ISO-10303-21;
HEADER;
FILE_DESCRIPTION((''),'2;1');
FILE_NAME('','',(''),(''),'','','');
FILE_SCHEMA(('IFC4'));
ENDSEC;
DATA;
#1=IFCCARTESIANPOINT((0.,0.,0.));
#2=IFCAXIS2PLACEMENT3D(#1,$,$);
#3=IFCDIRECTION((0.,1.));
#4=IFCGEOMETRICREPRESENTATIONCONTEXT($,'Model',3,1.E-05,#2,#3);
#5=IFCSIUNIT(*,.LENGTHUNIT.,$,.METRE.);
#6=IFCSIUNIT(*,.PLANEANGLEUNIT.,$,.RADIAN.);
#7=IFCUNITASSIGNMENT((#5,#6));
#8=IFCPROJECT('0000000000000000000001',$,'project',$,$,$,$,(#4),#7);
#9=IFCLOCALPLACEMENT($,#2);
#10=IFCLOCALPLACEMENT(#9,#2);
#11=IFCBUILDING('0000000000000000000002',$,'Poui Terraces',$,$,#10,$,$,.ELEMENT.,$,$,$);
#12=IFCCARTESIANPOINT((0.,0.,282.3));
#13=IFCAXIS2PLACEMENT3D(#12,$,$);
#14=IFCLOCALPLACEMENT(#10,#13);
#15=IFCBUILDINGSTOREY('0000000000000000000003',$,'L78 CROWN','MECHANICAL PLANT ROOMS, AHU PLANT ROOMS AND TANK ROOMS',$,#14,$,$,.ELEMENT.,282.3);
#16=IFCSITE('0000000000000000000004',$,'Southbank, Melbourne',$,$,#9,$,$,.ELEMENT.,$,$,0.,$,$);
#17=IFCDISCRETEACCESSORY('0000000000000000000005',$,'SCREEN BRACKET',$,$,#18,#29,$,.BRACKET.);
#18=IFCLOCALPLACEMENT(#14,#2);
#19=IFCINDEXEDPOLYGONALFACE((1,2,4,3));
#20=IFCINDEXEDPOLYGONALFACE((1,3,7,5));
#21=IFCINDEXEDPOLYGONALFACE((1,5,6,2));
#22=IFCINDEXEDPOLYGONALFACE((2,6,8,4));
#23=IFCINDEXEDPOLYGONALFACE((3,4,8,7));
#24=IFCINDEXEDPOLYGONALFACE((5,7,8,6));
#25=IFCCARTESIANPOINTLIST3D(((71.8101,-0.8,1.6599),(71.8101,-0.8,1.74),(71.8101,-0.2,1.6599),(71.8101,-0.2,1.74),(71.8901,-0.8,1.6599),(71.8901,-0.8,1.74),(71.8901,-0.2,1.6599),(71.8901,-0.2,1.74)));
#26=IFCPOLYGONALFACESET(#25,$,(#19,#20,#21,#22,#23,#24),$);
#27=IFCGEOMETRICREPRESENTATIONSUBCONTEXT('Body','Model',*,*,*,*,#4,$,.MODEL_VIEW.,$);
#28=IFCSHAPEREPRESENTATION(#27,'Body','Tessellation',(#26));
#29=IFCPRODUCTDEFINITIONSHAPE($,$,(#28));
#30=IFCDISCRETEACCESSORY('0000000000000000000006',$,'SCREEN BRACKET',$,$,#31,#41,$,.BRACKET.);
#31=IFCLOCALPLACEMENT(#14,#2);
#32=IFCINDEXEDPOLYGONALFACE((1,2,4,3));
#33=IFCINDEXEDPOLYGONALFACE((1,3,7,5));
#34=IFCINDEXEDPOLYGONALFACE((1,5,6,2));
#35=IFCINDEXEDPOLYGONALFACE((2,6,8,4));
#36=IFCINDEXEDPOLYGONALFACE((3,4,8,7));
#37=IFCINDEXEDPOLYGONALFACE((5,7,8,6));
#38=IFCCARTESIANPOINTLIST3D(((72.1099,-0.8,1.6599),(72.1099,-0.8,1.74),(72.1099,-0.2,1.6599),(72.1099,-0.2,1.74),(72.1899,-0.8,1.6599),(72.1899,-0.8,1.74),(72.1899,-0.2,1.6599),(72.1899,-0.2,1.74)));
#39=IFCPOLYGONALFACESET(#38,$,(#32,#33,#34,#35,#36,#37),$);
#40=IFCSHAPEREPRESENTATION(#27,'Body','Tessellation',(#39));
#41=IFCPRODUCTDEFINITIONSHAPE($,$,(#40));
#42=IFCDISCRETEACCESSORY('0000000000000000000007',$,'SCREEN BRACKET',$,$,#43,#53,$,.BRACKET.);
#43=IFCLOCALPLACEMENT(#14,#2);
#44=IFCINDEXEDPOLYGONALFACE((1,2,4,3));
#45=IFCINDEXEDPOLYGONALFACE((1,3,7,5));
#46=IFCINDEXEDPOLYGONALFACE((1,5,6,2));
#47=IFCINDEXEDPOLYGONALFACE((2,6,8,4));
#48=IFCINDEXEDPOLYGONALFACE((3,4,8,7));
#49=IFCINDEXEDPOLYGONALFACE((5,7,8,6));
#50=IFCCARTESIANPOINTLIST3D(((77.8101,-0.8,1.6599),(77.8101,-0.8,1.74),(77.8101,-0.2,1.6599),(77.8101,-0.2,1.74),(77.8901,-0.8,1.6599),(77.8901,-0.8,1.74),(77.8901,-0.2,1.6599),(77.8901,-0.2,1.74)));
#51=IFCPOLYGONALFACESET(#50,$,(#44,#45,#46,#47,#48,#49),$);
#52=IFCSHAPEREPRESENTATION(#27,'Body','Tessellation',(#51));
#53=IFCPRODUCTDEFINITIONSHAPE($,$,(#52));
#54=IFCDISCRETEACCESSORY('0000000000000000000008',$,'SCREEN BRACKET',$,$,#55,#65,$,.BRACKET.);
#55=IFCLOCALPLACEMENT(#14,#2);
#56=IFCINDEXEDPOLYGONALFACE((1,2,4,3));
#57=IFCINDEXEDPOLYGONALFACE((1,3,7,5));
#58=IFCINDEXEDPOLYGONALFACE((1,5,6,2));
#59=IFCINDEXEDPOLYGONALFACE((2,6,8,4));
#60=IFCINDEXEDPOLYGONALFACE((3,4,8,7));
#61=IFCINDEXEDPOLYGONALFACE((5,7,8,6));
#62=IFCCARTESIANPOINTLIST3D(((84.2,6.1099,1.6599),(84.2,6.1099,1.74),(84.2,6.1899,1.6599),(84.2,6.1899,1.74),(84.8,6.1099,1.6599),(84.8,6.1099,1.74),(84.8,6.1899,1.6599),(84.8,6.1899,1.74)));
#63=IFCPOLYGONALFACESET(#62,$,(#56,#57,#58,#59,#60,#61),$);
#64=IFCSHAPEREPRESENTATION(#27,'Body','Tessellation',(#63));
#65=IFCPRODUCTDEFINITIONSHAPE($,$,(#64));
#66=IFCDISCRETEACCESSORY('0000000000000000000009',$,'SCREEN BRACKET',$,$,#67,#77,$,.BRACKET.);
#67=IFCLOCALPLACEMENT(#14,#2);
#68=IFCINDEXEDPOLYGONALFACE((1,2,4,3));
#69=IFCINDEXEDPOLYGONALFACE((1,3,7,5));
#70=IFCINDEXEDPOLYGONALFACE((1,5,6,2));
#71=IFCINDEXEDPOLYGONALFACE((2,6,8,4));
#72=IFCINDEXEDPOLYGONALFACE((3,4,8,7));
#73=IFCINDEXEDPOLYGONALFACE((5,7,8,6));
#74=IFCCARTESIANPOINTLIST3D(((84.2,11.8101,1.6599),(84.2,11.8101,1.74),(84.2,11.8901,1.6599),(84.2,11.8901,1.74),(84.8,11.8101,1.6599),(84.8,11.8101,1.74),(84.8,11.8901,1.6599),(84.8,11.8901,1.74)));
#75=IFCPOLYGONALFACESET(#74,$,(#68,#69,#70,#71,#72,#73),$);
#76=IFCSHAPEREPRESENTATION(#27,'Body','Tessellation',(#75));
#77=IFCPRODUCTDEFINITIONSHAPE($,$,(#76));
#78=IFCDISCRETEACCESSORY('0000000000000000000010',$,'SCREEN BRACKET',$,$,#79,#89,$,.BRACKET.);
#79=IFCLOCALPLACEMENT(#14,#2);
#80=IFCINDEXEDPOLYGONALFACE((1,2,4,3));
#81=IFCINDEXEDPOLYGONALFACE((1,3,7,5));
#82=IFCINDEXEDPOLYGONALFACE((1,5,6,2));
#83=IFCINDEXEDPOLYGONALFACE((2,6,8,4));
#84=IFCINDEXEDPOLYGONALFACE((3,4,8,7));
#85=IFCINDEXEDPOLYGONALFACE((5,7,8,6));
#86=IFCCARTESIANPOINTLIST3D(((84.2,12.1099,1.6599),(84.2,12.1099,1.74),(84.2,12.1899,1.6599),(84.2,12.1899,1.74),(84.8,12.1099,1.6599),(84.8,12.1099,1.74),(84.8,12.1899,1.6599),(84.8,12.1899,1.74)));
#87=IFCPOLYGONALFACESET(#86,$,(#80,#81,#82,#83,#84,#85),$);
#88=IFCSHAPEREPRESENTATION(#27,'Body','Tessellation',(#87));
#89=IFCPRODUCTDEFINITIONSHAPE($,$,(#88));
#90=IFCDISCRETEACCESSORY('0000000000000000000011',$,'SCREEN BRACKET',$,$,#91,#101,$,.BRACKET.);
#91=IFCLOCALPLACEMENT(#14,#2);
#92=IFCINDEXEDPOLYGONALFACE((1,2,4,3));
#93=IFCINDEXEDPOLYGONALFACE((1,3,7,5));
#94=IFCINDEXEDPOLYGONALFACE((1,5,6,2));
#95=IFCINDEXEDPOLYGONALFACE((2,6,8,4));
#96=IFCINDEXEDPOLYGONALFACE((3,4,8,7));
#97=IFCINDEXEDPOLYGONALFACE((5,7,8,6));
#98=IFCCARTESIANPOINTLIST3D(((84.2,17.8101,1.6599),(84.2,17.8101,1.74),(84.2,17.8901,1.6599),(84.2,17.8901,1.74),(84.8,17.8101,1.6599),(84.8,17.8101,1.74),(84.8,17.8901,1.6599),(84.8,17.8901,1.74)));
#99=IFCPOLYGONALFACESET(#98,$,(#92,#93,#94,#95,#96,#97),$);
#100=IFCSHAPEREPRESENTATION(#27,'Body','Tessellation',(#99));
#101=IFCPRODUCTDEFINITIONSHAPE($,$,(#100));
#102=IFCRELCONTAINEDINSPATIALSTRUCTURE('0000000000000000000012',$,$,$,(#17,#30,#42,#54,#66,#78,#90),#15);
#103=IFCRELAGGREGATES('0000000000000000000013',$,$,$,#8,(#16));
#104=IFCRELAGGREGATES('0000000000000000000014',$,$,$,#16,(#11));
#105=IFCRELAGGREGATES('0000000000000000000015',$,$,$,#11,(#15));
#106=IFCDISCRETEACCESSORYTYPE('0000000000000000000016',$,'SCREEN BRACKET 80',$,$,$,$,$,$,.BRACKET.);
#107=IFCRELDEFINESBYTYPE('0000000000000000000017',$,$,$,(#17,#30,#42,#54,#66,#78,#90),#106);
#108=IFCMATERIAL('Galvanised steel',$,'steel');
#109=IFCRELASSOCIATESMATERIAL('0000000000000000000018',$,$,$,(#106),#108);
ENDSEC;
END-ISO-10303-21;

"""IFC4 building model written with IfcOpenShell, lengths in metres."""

from ifc_helpers import new_model, si_unit, direction, frame, origin, origin_2d, place, context, subcontext, project, spatial, rectangle, extrude, source, transform, mapped, material, material_profile, profile_set, type_object, element, save


model = new_model("IFC4")

# Units and contexts
model_context = context("Model", 3, precision=1e-05, world=origin(), true_north=direction((0.0, 1.0)))
body_context = subcontext(model_context, "Body", "Model", "MODEL_VIEW")
ifc_project = project(units=[si_unit("LENGTHUNIT", "METRE"), si_unit("PLANEANGLEUNIT", "RADIAN")], contexts=[model_context])

# Site, building, storey
site_placement = place(None, origin())
site = spatial("IfcSite", under=ifc_project, at=site_placement, Name="Southbank, Melbourne", CompositionType="ELEMENT", RefElevation=0.0)
building_placement = place(site_placement, origin())
building = spatial("IfcBuilding", under=site, at=building_placement, Name="Poui Terraces", CompositionType="ELEMENT")
storey_placement = place(building_placement, frame((0.0, 0.0, 282.3)))
storey = spatial("IfcBuildingStorey", under=building, at=storey_placement, Name="L78 CROWN", Description="MECHANICAL PLANT ROOMS, AHU PLANT ROOMS AND TANK ROOMS", CompositionType="ELEMENT", Elevation=282.3)

# Discrete accessories
ifc_material_1 = material(Name="Galvanised steel", Category="steel")
ifc_material_profile_1 = material_profile(ifc_material_1, rectangle(XDim=0.0801, YDim=0.0801, at=origin_2d()), Name="SCREEN BRACKET 80")
ifc_profile_set_1 = profile_set([ifc_material_profile_1], Name="Galvanised steel")
discrete_accessory_type = type_object("IfcDiscreteAccessoryType", Name="SCREEN BRACKET 80", PredefinedType="BRACKET", material=ifc_profile_set_1)
shared_shape_1 = source(origin(), body_context, "Body", "SweptSolid", [
    extrude(rectangle(XDim=0.0801, YDim=0.0801, at=origin_2d()), origin(), (0.0, 0.0, 1.0), 0.6001),
])
for number, where, z_axis, x_axis, name in (
    (1, (71.8501, -0.2, 1.7), (0.0, -1.0, 0.0), (1.0, 0.0, 0.0), "SCREEN BRACKET"),
    (2, (72.1499, -0.2, 1.7), (0.0, -1.0, 0.0), (1.0, 0.0, 0.0), "SCREEN BRACKET"),
    (3, (77.8501, -0.2, 1.7), (0.0, -1.0, 0.0), (1.0, 0.0, 0.0), "SCREEN BRACKET"),
    (4, (84.2, 6.1499, 1.7), (1.0, 0.0, 0.0), (0.0, 1.0, 0.0), "SCREEN BRACKET"),
    (5, (84.2, 11.8501, 1.7), (1.0, 0.0, 0.0), (0.0, 1.0, 0.0), "SCREEN BRACKET"),
    (6, (84.2, 12.1499, 1.7), (1.0, 0.0, 0.0), (0.0, 1.0, 0.0), "SCREEN BRACKET"),
    (7, (84.2, 17.8501, 1.7), (1.0, 0.0, 0.0), (0.0, 1.0, 0.0), "SCREEN BRACKET"),
):
    element("IfcDiscreteAccessory", number, at=place(storey_placement, frame(where, z_axis=z_axis, x_axis=x_axis)), inside=storey, type_object=discrete_accessory_type, Name=name, PredefinedType="BRACKET", context=body_context, shape_type="MappedRepresentation", body=[
        mapped(shared_shape_1, transform((0.0, 0.0, 0.0))),
    ])

save(model, "model.ifc")
